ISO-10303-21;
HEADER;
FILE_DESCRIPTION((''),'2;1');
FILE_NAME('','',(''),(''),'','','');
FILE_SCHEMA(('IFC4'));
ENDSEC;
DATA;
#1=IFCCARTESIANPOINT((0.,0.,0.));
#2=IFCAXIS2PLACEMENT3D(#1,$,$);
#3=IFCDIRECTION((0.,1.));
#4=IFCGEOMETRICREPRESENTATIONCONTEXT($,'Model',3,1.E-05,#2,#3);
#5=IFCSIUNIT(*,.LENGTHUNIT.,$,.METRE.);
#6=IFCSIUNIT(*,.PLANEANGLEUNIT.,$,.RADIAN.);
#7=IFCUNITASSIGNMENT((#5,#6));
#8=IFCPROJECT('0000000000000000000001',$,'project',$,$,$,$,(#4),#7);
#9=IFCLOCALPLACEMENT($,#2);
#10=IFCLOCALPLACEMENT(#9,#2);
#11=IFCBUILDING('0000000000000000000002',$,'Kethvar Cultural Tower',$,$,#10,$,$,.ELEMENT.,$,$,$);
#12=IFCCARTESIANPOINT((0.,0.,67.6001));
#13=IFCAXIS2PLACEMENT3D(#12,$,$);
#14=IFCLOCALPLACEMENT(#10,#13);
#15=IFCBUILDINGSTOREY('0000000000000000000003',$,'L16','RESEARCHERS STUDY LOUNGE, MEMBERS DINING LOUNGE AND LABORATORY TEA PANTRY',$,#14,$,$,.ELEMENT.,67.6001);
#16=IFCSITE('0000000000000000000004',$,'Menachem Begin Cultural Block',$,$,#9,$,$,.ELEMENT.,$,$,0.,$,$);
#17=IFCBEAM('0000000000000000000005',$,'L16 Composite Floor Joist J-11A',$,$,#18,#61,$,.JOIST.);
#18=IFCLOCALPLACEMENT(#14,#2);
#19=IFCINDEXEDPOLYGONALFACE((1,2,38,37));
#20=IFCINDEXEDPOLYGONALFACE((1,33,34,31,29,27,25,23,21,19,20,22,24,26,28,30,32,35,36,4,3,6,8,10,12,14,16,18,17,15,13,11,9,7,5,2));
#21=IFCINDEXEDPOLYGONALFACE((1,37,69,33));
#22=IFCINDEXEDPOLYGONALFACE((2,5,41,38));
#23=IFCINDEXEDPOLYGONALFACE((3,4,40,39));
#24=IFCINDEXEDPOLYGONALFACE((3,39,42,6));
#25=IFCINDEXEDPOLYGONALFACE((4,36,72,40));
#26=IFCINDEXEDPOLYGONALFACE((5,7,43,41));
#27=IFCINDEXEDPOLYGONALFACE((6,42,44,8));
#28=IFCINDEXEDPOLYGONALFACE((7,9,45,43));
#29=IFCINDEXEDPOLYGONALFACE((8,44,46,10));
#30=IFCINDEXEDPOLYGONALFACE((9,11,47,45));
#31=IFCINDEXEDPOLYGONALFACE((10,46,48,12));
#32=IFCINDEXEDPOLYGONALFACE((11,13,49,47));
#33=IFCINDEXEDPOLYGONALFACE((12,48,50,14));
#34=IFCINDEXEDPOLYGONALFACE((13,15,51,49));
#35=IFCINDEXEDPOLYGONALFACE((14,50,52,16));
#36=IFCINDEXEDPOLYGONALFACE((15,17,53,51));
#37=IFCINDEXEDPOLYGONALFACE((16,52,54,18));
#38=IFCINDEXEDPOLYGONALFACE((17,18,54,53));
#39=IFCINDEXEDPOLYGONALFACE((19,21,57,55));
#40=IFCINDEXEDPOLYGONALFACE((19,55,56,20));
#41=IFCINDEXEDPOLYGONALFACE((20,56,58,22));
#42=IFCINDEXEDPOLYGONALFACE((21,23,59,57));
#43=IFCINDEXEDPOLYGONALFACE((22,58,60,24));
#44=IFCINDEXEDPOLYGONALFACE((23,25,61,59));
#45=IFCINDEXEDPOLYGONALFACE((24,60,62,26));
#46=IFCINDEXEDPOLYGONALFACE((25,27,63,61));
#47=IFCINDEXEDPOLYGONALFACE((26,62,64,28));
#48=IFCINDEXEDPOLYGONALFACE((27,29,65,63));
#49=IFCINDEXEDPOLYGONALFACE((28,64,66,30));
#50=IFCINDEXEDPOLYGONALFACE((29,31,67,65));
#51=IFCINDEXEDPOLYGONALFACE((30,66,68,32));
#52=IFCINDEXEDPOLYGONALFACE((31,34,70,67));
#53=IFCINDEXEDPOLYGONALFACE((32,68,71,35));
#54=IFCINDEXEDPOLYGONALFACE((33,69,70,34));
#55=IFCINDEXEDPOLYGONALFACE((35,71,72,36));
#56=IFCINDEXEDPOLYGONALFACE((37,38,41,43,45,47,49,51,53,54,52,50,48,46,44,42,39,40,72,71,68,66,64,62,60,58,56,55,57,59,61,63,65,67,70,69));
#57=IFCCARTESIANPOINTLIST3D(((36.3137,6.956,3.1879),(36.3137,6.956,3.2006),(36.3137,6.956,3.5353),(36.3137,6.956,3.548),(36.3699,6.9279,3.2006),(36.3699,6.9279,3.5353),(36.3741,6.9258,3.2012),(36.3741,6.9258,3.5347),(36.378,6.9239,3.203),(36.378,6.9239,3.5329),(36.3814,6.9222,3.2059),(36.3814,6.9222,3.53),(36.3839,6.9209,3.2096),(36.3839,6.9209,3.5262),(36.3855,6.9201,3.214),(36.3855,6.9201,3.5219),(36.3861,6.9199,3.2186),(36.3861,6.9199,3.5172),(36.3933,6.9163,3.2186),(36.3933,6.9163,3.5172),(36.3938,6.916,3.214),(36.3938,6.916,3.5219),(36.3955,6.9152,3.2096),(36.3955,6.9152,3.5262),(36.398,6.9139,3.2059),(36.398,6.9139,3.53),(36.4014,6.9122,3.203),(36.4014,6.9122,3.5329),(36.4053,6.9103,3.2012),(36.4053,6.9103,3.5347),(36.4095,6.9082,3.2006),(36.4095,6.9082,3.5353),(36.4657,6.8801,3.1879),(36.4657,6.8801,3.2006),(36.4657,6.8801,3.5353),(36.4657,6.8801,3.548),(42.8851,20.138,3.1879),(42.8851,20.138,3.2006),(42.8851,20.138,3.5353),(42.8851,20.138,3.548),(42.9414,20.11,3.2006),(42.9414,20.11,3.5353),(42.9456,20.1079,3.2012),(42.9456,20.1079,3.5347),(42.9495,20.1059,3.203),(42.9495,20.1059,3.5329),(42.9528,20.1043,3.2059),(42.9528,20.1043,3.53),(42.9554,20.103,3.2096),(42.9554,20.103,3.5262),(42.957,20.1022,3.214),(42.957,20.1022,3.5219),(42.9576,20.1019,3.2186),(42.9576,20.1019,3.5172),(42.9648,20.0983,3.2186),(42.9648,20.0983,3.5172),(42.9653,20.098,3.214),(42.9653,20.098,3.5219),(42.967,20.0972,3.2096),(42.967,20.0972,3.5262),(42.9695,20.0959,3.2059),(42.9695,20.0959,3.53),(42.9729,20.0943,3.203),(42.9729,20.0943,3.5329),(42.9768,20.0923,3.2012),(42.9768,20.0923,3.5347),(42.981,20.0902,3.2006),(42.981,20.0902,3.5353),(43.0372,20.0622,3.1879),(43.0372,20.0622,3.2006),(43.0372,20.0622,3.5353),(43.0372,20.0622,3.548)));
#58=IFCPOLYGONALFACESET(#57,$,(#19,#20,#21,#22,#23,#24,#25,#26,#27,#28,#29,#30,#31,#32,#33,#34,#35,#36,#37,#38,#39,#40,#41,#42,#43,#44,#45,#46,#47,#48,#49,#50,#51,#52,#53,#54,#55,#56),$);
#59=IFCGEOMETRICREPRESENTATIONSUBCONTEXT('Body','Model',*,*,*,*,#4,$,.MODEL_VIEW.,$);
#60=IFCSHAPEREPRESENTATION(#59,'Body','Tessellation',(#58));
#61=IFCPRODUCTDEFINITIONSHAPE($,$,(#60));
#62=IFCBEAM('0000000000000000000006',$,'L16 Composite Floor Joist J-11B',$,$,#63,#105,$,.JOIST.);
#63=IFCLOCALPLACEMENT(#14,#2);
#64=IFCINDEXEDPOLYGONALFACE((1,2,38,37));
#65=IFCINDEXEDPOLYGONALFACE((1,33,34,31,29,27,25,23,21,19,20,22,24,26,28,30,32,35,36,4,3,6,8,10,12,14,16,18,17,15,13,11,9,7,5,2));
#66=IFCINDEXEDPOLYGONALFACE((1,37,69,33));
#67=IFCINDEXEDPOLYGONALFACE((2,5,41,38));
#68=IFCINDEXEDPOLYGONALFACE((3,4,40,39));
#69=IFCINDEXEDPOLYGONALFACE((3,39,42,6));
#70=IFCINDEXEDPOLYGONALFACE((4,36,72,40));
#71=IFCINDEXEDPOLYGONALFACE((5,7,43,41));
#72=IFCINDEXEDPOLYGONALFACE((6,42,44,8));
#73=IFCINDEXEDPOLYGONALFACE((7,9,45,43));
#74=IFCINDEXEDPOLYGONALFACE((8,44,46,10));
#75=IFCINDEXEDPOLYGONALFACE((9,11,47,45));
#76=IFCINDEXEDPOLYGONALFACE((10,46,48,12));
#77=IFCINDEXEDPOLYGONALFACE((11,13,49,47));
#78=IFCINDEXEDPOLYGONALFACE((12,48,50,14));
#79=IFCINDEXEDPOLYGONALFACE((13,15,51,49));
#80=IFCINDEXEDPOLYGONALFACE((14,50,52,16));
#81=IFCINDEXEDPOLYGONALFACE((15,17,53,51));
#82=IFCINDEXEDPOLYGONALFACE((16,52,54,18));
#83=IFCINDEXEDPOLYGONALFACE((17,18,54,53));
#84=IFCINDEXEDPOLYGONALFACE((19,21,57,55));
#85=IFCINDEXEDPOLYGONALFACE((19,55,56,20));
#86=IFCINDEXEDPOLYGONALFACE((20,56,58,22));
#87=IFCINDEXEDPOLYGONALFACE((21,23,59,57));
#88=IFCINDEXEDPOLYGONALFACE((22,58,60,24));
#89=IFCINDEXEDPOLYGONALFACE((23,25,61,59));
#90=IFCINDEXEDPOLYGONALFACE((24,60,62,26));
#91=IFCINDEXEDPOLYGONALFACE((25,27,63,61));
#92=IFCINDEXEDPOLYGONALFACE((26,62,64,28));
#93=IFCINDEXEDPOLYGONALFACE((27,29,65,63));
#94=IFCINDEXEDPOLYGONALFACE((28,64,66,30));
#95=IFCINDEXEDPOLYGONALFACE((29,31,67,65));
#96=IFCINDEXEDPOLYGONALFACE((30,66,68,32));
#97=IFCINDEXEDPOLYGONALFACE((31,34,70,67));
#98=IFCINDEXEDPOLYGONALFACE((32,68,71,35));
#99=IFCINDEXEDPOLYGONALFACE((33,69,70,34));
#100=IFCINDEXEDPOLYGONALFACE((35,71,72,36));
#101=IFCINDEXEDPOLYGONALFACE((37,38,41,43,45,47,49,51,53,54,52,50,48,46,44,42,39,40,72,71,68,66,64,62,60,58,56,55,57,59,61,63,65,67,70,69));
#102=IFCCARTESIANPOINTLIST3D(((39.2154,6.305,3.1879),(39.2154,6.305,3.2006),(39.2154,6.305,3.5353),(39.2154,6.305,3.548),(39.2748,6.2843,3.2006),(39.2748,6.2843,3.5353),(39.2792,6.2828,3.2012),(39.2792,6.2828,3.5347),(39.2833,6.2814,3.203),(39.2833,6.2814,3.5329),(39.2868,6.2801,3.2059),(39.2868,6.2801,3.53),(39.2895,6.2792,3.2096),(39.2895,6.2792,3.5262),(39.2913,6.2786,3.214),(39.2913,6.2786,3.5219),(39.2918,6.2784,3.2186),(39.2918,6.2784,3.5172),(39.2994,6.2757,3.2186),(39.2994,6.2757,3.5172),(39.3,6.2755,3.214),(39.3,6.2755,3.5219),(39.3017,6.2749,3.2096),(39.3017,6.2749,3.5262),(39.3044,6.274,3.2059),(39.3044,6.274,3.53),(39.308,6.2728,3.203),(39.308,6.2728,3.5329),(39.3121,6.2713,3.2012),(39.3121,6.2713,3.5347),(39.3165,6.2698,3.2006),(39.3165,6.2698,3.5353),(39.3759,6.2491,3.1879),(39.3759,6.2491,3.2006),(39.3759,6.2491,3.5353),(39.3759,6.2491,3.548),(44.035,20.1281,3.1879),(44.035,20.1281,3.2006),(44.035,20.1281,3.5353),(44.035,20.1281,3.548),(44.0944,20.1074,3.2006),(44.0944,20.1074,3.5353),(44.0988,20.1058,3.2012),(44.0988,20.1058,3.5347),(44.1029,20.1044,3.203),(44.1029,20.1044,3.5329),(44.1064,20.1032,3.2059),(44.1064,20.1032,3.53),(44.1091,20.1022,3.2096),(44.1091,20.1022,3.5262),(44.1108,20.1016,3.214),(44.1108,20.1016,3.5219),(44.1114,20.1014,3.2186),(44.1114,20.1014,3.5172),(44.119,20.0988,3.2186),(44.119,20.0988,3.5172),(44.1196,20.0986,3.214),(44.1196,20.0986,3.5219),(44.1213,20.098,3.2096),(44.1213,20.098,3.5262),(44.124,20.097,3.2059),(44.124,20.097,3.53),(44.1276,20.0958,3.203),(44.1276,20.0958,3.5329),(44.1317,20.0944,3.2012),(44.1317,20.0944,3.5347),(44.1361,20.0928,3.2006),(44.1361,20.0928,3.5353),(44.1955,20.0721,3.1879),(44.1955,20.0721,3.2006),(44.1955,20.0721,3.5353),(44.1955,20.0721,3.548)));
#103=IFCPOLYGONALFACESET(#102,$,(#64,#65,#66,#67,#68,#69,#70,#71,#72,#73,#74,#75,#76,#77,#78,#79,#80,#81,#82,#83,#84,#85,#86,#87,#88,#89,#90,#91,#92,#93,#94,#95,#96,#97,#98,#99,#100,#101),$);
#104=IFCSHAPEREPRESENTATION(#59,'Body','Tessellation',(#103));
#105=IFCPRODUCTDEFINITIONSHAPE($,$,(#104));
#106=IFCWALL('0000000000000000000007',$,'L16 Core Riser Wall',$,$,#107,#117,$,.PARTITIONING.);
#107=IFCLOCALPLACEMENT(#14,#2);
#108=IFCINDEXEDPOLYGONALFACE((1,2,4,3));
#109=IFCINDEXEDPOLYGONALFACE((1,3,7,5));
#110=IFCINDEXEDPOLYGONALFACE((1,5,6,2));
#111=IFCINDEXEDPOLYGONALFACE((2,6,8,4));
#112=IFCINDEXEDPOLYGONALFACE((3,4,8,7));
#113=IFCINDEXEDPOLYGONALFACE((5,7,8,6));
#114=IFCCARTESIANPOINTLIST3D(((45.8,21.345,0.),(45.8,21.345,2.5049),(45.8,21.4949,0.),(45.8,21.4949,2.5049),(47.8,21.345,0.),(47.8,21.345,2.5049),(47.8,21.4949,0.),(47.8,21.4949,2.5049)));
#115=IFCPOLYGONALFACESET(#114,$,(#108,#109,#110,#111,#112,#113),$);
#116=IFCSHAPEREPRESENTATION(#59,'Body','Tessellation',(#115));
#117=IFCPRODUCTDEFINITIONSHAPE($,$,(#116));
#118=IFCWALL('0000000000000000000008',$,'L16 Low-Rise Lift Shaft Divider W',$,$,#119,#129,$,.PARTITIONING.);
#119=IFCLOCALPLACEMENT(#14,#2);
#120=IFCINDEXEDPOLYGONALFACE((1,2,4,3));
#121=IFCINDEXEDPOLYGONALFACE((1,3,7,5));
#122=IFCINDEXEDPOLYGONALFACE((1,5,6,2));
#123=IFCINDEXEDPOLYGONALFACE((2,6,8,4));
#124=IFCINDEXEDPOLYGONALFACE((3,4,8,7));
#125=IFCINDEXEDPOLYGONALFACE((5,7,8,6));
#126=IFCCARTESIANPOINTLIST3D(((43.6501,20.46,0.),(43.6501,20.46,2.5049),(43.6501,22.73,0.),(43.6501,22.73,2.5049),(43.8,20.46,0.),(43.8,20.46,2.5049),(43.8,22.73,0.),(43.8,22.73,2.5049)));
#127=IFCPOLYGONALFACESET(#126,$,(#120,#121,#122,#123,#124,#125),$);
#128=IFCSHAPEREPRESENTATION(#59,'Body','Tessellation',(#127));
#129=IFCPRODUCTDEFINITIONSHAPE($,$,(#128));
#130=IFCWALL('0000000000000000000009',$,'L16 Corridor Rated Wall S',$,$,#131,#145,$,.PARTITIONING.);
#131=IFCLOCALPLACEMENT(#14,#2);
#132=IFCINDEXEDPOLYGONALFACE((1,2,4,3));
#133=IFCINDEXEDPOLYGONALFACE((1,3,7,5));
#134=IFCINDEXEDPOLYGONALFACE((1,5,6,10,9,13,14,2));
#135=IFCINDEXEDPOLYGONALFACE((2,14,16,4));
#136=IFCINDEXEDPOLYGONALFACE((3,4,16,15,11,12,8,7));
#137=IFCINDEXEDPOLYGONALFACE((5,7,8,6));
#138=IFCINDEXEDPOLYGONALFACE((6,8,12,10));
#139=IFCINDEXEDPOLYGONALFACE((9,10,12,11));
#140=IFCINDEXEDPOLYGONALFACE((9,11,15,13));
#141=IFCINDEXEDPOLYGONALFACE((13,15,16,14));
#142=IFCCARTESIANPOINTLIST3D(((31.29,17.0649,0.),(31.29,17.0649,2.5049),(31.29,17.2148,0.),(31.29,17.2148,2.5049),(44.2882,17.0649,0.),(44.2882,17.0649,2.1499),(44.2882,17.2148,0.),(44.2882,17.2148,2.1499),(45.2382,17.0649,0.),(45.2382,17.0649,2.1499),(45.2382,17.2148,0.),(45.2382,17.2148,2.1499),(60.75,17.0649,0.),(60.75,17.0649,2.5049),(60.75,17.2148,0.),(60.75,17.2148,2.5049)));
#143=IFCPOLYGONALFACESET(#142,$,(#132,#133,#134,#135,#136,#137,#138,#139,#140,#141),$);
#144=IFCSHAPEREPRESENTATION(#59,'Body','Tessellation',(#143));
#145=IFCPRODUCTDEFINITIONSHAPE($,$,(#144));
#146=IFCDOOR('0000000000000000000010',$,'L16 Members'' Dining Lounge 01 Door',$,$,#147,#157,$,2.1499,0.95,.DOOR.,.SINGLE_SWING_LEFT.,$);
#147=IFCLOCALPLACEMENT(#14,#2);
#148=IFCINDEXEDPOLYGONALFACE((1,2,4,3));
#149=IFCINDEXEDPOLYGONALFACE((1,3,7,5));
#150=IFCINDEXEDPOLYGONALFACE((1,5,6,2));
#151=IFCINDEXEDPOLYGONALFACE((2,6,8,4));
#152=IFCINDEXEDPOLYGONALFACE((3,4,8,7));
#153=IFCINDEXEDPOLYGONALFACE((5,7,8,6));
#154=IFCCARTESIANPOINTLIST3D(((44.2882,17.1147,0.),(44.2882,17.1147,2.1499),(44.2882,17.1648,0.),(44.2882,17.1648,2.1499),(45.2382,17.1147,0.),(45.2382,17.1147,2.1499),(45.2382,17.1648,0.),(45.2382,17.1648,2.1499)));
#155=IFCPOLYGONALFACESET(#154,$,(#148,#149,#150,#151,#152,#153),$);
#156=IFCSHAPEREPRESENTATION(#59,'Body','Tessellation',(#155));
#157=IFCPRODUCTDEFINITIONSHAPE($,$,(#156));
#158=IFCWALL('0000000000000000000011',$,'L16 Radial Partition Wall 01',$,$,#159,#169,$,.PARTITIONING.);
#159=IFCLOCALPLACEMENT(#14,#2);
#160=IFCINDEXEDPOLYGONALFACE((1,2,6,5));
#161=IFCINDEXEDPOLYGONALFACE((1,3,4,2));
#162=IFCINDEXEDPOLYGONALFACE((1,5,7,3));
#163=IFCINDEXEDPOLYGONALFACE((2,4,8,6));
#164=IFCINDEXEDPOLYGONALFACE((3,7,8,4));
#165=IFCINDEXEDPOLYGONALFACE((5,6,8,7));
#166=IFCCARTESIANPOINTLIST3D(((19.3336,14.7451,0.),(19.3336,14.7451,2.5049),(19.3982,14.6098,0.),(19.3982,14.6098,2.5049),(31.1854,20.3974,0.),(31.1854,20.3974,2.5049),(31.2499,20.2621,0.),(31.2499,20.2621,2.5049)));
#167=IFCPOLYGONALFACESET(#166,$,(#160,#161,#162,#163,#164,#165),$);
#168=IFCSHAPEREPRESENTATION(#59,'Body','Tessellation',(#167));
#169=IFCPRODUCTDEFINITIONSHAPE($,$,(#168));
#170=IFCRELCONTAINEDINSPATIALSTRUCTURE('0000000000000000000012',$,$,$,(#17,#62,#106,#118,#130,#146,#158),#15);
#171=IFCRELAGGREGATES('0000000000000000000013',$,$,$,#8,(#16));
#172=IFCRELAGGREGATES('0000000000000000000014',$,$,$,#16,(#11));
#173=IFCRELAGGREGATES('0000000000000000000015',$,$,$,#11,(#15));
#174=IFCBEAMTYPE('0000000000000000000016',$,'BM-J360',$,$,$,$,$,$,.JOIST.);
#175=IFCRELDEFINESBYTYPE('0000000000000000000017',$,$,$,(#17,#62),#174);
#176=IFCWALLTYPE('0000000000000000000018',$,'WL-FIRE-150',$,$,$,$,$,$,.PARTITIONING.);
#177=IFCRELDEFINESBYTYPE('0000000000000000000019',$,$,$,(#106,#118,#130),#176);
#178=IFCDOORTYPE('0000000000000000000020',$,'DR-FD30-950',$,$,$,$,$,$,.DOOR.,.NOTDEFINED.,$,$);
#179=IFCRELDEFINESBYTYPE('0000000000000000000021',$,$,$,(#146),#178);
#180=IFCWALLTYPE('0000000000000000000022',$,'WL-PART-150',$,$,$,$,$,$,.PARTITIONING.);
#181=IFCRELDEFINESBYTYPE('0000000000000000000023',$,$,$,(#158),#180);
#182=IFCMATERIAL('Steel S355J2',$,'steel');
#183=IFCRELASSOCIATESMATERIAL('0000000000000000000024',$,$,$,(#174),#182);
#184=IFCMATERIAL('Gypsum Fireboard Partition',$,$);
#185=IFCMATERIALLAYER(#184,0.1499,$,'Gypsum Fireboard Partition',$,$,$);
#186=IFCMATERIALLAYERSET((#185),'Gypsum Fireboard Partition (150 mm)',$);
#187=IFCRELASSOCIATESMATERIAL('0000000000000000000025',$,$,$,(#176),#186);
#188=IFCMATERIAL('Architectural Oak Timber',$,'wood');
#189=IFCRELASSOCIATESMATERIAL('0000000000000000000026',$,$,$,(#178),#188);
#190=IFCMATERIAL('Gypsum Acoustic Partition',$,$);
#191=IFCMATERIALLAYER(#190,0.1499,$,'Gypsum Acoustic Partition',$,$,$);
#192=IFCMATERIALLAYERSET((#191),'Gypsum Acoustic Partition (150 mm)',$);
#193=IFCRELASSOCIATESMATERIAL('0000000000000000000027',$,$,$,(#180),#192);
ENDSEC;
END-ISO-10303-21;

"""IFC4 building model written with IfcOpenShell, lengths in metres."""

from ifc_helpers import new_model, si_unit, direction, frame, frame_2d, origin, origin_2d, place, context, subcontext, project, spatial, rectangle, i_section, extrude, source, transform, mapped, material, layer, layer_set, material_profile, profile_set, type_object, element, fill, save


model = new_model("IFC4")

# Units and contexts
model_context = context("Model", 3, precision=1e-05, world=origin(), true_north=direction((0.0, 1.0)))
body_context = subcontext(model_context, "Body", "Model", "MODEL_VIEW")
ifc_project = project(units=[si_unit("LENGTHUNIT", "METRE"), si_unit("PLANEANGLEUNIT", "RADIAN")], contexts=[model_context])

# Site, building, storey
site_placement = place(None, origin())
site = spatial("IfcSite", under=ifc_project, at=site_placement, Name="Menachem Begin Cultural Block", CompositionType="ELEMENT", RefElevation=0.0)
building_placement = place(site_placement, origin())
building = spatial("IfcBuilding", under=site, at=building_placement, Name="Kethvar Cultural Tower", CompositionType="ELEMENT")
storey_placement = place(building_placement, frame((0.0, 0.0, 67.6001)))
storey = spatial("IfcBuildingStorey", under=building, at=storey_placement, Name="L16", Description="RESEARCHERS STUDY LOUNGE, MEMBERS DINING LOUNGE AND LABORATORY TEA PANTRY", CompositionType="ELEMENT", Elevation=67.6001)

# Beams
ifc_material_1 = material(Name="Steel S355J2", Category="steel")
ifc_material_profile_1 = material_profile(ifc_material_1, i_section(OverallWidth=0.1699, OverallDepth=0.3601, WebThickness=0.0081, FlangeThickness=0.0127, FilletRadius=0.0181, at=origin_2d()), Name="Steel S355J2 — IPE360")
ifc_profile_set_1 = profile_set([ifc_material_profile_1], Name="Steel S355J2 — IPE360")
beam_type_1 = type_object("IfcBeamType", Name="BM-J360", PredefinedType="JOIST", material=ifc_profile_set_1)
shared_shape_1 = source(origin(), body_context, "Body", "SweptSolid", [
    extrude(i_section(OverallWidth=0.1699, OverallDepth=0.3601, WebThickness=0.0081, FlangeThickness=0.0127, FilletRadius=0.0181, at=origin_2d()), origin(), (0.0, 0.0, 1.0), 14.7292),
])
beam_1_placement = place(storey_placement, frame((42.9612, 20.1001, 3.3679), z_axis=(-0.446152, -0.894957, 0.0), x_axis=(0.894957, -0.446152, 0.0)))
element("IfcBeam", 1, at=beam_1_placement, inside=storey, type_object=beam_type_1, Name="L16 Composite Floor Joist J-11A", PredefinedType="JOIST", context=body_context, shape_type="MappedRepresentation", body=[
    mapped(shared_shape_1, transform((0.0, 0.0, 0.0), scale=1.0)),
])
shared_shape_2 = source(origin(), body_context, "Body", "SweptSolid", [
    extrude(i_section(OverallWidth=0.1699, OverallDepth=0.3601, WebThickness=0.0081, FlangeThickness=0.0127, FilletRadius=0.0181, at=origin_2d()), origin(), (0.0, 0.0, 1.0), 14.6392),
])
beam_2_placement = place(storey_placement, frame((44.1152, 20.1001, 3.3679), z_axis=(-0.329226, -0.944251, 0.0), x_axis=(0.944251, -0.329226, 0.0)))
element("IfcBeam", 2, at=beam_2_placement, inside=storey, type_object=beam_type_1, Name="L16 Composite Floor Joist J-11B", PredefinedType="JOIST", context=body_context, shape_type="MappedRepresentation", body=[
    mapped(shared_shape_2, transform((0.0, 0.0, 0.0), scale=1.0)),
])

# Walls
ifc_material_2 = material(Name="Gypsum Fireboard Partition")
ifc_layer_1 = layer(ifc_material_2, 0.1499, Name="Gypsum Fireboard Partition")
ifc_layer_set_1 = layer_set([ifc_layer_1], Name="Gypsum Fireboard Partition (150 mm)")
wall_type_1 = type_object("IfcWallType", Name="WL-FIRE-150", PredefinedType="PARTITIONING", material=ifc_layer_set_1)
wall_1_placement = place(storey_placement, frame((45.8, 21.4199, 0.0), z_axis=(0.0, 0.0, 1.0), x_axis=(1.0, 0.0, 0.0)))
element("IfcWall", 3, at=wall_1_placement, inside=storey, type_object=wall_type_1, Name="L16 Core Riser Wall", PredefinedType="PARTITIONING", context=body_context, shape_type="SweptSolid", body=[
    extrude(rectangle(XDim=2.0, YDim=0.1499, at=frame_2d((1.0, 0.0))), origin(), (0.0, 0.0, 1.0), 2.5049),
])
wall_2_placement = place(storey_placement, frame((43.7251, 20.46, 0.0), z_axis=(0.0, 0.0, 1.0), x_axis=(0.0, 1.0, 0.0)))
element("IfcWall", 4, at=wall_2_placement, inside=storey, type_object=wall_type_1, Name="L16 Low-Rise Lift Shaft Divider W", PredefinedType="PARTITIONING", context=body_context, shape_type="SweptSolid", body=[
    extrude(rectangle(XDim=2.27, YDim=0.1499, at=frame_2d((1.135, 0.0))), origin(), (0.0, 0.0, 1.0), 2.5049),
])

# Wall, opening, door
wall_3_placement = place(storey_placement, frame((31.29, 17.1399, 0.0), z_axis=(0.0, 0.0, 1.0), x_axis=(1.0, 0.0, 0.0)))
wall_3 = element("IfcWall", 5, at=wall_3_placement, inside=storey, type_object=wall_type_1, Name="L16 Corridor Rated Wall S", PredefinedType="PARTITIONING", context=body_context, shape_type="SweptSolid", body=[
    extrude(rectangle(XDim=29.46, YDim=0.1499, at=frame_2d((14.73, 0.0))), origin(), (0.0, 0.0, 1.0), 2.5049),
])
opening_1_placement = place(wall_3_placement, frame((12.998, 0.0, 0.0)))
opening_1 = element("IfcOpeningElement", 6, at=opening_1_placement, cuts=wall_3, PredefinedType="OPENING", context=body_context, shape_type="SweptSolid", body=[
    extrude(rectangle(XDim=0.95, YDim=2.1499, at=frame_2d((0.4751, 1.075))), frame((0.0, 0.085, 0.0), z_axis=(0.0, -1.0, 0.0), x_axis=(1.0, 0.0, 0.0)), (0.0, 0.0, 1.0), 0.1699),
])
ifc_material_3 = material(Name="Architectural Oak Timber", Category="wood")
door_type_1 = type_object("IfcDoorType", Name="DR-FD30-950", OperationType="NOTDEFINED", PredefinedType="DOOR", material=ifc_material_3)
shared_shape_3 = source(origin(), body_context, "Body", "SweptSolid", [
    extrude(rectangle(XDim=0.95, YDim=2.1499, at=frame_2d((0.4751, 1.075))), frame((0.0, 0.0249, 0.0), z_axis=(0.0, -1.0, 0.0), x_axis=(1.0, 0.0, 0.0)), (0.0, 0.0, 1.0), 0.05),
])
door_1_placement = place(opening_1_placement, origin())
door_1 = element("IfcDoor", 7, at=door_1_placement, inside=storey, type_object=door_type_1, Name="L16 Members' Dining Lounge 01 Door", OperationType="SINGLE_SWING_LEFT", OverallHeight=2.1499, OverallWidth=0.95, PredefinedType="DOOR", context=body_context, shape_type="MappedRepresentation", body=[
    mapped(shared_shape_3, transform((0.0, 0.0, 0.0), scale=1.0)),
])
fill(opening_1, door_1)

# Wall
ifc_material_4 = material(Name="Gypsum Acoustic Partition")
ifc_layer_2 = layer(ifc_material_4, 0.1499, Name="Gypsum Acoustic Partition")
ifc_layer_set_2 = layer_set([ifc_layer_2], Name="Gypsum Acoustic Partition (150 mm)")
wall_type_2 = type_object("IfcWallType", Name="WL-PART-150", PredefinedType="PARTITIONING", material=ifc_layer_set_2)
wall_4_placement = place(storey_placement, frame((31.2178, 20.3298, 0.0), z_axis=(0.0, 0.0, 1.0), x_axis=(-0.902605, -0.430469, 0.0)))
element("IfcWall", 8, at=wall_4_placement, inside=storey, type_object=wall_type_2, Name="L16 Radial Partition Wall 01", PredefinedType="PARTITIONING", context=body_context, shape_type="SweptSolid", body=[
    extrude(rectangle(XDim=13.1306, YDim=0.1499, at=frame_2d((6.5654, 0.0))), origin(), (0.0, 0.0, 1.0), 2.5049),
])

save(model, "model.ifc")
